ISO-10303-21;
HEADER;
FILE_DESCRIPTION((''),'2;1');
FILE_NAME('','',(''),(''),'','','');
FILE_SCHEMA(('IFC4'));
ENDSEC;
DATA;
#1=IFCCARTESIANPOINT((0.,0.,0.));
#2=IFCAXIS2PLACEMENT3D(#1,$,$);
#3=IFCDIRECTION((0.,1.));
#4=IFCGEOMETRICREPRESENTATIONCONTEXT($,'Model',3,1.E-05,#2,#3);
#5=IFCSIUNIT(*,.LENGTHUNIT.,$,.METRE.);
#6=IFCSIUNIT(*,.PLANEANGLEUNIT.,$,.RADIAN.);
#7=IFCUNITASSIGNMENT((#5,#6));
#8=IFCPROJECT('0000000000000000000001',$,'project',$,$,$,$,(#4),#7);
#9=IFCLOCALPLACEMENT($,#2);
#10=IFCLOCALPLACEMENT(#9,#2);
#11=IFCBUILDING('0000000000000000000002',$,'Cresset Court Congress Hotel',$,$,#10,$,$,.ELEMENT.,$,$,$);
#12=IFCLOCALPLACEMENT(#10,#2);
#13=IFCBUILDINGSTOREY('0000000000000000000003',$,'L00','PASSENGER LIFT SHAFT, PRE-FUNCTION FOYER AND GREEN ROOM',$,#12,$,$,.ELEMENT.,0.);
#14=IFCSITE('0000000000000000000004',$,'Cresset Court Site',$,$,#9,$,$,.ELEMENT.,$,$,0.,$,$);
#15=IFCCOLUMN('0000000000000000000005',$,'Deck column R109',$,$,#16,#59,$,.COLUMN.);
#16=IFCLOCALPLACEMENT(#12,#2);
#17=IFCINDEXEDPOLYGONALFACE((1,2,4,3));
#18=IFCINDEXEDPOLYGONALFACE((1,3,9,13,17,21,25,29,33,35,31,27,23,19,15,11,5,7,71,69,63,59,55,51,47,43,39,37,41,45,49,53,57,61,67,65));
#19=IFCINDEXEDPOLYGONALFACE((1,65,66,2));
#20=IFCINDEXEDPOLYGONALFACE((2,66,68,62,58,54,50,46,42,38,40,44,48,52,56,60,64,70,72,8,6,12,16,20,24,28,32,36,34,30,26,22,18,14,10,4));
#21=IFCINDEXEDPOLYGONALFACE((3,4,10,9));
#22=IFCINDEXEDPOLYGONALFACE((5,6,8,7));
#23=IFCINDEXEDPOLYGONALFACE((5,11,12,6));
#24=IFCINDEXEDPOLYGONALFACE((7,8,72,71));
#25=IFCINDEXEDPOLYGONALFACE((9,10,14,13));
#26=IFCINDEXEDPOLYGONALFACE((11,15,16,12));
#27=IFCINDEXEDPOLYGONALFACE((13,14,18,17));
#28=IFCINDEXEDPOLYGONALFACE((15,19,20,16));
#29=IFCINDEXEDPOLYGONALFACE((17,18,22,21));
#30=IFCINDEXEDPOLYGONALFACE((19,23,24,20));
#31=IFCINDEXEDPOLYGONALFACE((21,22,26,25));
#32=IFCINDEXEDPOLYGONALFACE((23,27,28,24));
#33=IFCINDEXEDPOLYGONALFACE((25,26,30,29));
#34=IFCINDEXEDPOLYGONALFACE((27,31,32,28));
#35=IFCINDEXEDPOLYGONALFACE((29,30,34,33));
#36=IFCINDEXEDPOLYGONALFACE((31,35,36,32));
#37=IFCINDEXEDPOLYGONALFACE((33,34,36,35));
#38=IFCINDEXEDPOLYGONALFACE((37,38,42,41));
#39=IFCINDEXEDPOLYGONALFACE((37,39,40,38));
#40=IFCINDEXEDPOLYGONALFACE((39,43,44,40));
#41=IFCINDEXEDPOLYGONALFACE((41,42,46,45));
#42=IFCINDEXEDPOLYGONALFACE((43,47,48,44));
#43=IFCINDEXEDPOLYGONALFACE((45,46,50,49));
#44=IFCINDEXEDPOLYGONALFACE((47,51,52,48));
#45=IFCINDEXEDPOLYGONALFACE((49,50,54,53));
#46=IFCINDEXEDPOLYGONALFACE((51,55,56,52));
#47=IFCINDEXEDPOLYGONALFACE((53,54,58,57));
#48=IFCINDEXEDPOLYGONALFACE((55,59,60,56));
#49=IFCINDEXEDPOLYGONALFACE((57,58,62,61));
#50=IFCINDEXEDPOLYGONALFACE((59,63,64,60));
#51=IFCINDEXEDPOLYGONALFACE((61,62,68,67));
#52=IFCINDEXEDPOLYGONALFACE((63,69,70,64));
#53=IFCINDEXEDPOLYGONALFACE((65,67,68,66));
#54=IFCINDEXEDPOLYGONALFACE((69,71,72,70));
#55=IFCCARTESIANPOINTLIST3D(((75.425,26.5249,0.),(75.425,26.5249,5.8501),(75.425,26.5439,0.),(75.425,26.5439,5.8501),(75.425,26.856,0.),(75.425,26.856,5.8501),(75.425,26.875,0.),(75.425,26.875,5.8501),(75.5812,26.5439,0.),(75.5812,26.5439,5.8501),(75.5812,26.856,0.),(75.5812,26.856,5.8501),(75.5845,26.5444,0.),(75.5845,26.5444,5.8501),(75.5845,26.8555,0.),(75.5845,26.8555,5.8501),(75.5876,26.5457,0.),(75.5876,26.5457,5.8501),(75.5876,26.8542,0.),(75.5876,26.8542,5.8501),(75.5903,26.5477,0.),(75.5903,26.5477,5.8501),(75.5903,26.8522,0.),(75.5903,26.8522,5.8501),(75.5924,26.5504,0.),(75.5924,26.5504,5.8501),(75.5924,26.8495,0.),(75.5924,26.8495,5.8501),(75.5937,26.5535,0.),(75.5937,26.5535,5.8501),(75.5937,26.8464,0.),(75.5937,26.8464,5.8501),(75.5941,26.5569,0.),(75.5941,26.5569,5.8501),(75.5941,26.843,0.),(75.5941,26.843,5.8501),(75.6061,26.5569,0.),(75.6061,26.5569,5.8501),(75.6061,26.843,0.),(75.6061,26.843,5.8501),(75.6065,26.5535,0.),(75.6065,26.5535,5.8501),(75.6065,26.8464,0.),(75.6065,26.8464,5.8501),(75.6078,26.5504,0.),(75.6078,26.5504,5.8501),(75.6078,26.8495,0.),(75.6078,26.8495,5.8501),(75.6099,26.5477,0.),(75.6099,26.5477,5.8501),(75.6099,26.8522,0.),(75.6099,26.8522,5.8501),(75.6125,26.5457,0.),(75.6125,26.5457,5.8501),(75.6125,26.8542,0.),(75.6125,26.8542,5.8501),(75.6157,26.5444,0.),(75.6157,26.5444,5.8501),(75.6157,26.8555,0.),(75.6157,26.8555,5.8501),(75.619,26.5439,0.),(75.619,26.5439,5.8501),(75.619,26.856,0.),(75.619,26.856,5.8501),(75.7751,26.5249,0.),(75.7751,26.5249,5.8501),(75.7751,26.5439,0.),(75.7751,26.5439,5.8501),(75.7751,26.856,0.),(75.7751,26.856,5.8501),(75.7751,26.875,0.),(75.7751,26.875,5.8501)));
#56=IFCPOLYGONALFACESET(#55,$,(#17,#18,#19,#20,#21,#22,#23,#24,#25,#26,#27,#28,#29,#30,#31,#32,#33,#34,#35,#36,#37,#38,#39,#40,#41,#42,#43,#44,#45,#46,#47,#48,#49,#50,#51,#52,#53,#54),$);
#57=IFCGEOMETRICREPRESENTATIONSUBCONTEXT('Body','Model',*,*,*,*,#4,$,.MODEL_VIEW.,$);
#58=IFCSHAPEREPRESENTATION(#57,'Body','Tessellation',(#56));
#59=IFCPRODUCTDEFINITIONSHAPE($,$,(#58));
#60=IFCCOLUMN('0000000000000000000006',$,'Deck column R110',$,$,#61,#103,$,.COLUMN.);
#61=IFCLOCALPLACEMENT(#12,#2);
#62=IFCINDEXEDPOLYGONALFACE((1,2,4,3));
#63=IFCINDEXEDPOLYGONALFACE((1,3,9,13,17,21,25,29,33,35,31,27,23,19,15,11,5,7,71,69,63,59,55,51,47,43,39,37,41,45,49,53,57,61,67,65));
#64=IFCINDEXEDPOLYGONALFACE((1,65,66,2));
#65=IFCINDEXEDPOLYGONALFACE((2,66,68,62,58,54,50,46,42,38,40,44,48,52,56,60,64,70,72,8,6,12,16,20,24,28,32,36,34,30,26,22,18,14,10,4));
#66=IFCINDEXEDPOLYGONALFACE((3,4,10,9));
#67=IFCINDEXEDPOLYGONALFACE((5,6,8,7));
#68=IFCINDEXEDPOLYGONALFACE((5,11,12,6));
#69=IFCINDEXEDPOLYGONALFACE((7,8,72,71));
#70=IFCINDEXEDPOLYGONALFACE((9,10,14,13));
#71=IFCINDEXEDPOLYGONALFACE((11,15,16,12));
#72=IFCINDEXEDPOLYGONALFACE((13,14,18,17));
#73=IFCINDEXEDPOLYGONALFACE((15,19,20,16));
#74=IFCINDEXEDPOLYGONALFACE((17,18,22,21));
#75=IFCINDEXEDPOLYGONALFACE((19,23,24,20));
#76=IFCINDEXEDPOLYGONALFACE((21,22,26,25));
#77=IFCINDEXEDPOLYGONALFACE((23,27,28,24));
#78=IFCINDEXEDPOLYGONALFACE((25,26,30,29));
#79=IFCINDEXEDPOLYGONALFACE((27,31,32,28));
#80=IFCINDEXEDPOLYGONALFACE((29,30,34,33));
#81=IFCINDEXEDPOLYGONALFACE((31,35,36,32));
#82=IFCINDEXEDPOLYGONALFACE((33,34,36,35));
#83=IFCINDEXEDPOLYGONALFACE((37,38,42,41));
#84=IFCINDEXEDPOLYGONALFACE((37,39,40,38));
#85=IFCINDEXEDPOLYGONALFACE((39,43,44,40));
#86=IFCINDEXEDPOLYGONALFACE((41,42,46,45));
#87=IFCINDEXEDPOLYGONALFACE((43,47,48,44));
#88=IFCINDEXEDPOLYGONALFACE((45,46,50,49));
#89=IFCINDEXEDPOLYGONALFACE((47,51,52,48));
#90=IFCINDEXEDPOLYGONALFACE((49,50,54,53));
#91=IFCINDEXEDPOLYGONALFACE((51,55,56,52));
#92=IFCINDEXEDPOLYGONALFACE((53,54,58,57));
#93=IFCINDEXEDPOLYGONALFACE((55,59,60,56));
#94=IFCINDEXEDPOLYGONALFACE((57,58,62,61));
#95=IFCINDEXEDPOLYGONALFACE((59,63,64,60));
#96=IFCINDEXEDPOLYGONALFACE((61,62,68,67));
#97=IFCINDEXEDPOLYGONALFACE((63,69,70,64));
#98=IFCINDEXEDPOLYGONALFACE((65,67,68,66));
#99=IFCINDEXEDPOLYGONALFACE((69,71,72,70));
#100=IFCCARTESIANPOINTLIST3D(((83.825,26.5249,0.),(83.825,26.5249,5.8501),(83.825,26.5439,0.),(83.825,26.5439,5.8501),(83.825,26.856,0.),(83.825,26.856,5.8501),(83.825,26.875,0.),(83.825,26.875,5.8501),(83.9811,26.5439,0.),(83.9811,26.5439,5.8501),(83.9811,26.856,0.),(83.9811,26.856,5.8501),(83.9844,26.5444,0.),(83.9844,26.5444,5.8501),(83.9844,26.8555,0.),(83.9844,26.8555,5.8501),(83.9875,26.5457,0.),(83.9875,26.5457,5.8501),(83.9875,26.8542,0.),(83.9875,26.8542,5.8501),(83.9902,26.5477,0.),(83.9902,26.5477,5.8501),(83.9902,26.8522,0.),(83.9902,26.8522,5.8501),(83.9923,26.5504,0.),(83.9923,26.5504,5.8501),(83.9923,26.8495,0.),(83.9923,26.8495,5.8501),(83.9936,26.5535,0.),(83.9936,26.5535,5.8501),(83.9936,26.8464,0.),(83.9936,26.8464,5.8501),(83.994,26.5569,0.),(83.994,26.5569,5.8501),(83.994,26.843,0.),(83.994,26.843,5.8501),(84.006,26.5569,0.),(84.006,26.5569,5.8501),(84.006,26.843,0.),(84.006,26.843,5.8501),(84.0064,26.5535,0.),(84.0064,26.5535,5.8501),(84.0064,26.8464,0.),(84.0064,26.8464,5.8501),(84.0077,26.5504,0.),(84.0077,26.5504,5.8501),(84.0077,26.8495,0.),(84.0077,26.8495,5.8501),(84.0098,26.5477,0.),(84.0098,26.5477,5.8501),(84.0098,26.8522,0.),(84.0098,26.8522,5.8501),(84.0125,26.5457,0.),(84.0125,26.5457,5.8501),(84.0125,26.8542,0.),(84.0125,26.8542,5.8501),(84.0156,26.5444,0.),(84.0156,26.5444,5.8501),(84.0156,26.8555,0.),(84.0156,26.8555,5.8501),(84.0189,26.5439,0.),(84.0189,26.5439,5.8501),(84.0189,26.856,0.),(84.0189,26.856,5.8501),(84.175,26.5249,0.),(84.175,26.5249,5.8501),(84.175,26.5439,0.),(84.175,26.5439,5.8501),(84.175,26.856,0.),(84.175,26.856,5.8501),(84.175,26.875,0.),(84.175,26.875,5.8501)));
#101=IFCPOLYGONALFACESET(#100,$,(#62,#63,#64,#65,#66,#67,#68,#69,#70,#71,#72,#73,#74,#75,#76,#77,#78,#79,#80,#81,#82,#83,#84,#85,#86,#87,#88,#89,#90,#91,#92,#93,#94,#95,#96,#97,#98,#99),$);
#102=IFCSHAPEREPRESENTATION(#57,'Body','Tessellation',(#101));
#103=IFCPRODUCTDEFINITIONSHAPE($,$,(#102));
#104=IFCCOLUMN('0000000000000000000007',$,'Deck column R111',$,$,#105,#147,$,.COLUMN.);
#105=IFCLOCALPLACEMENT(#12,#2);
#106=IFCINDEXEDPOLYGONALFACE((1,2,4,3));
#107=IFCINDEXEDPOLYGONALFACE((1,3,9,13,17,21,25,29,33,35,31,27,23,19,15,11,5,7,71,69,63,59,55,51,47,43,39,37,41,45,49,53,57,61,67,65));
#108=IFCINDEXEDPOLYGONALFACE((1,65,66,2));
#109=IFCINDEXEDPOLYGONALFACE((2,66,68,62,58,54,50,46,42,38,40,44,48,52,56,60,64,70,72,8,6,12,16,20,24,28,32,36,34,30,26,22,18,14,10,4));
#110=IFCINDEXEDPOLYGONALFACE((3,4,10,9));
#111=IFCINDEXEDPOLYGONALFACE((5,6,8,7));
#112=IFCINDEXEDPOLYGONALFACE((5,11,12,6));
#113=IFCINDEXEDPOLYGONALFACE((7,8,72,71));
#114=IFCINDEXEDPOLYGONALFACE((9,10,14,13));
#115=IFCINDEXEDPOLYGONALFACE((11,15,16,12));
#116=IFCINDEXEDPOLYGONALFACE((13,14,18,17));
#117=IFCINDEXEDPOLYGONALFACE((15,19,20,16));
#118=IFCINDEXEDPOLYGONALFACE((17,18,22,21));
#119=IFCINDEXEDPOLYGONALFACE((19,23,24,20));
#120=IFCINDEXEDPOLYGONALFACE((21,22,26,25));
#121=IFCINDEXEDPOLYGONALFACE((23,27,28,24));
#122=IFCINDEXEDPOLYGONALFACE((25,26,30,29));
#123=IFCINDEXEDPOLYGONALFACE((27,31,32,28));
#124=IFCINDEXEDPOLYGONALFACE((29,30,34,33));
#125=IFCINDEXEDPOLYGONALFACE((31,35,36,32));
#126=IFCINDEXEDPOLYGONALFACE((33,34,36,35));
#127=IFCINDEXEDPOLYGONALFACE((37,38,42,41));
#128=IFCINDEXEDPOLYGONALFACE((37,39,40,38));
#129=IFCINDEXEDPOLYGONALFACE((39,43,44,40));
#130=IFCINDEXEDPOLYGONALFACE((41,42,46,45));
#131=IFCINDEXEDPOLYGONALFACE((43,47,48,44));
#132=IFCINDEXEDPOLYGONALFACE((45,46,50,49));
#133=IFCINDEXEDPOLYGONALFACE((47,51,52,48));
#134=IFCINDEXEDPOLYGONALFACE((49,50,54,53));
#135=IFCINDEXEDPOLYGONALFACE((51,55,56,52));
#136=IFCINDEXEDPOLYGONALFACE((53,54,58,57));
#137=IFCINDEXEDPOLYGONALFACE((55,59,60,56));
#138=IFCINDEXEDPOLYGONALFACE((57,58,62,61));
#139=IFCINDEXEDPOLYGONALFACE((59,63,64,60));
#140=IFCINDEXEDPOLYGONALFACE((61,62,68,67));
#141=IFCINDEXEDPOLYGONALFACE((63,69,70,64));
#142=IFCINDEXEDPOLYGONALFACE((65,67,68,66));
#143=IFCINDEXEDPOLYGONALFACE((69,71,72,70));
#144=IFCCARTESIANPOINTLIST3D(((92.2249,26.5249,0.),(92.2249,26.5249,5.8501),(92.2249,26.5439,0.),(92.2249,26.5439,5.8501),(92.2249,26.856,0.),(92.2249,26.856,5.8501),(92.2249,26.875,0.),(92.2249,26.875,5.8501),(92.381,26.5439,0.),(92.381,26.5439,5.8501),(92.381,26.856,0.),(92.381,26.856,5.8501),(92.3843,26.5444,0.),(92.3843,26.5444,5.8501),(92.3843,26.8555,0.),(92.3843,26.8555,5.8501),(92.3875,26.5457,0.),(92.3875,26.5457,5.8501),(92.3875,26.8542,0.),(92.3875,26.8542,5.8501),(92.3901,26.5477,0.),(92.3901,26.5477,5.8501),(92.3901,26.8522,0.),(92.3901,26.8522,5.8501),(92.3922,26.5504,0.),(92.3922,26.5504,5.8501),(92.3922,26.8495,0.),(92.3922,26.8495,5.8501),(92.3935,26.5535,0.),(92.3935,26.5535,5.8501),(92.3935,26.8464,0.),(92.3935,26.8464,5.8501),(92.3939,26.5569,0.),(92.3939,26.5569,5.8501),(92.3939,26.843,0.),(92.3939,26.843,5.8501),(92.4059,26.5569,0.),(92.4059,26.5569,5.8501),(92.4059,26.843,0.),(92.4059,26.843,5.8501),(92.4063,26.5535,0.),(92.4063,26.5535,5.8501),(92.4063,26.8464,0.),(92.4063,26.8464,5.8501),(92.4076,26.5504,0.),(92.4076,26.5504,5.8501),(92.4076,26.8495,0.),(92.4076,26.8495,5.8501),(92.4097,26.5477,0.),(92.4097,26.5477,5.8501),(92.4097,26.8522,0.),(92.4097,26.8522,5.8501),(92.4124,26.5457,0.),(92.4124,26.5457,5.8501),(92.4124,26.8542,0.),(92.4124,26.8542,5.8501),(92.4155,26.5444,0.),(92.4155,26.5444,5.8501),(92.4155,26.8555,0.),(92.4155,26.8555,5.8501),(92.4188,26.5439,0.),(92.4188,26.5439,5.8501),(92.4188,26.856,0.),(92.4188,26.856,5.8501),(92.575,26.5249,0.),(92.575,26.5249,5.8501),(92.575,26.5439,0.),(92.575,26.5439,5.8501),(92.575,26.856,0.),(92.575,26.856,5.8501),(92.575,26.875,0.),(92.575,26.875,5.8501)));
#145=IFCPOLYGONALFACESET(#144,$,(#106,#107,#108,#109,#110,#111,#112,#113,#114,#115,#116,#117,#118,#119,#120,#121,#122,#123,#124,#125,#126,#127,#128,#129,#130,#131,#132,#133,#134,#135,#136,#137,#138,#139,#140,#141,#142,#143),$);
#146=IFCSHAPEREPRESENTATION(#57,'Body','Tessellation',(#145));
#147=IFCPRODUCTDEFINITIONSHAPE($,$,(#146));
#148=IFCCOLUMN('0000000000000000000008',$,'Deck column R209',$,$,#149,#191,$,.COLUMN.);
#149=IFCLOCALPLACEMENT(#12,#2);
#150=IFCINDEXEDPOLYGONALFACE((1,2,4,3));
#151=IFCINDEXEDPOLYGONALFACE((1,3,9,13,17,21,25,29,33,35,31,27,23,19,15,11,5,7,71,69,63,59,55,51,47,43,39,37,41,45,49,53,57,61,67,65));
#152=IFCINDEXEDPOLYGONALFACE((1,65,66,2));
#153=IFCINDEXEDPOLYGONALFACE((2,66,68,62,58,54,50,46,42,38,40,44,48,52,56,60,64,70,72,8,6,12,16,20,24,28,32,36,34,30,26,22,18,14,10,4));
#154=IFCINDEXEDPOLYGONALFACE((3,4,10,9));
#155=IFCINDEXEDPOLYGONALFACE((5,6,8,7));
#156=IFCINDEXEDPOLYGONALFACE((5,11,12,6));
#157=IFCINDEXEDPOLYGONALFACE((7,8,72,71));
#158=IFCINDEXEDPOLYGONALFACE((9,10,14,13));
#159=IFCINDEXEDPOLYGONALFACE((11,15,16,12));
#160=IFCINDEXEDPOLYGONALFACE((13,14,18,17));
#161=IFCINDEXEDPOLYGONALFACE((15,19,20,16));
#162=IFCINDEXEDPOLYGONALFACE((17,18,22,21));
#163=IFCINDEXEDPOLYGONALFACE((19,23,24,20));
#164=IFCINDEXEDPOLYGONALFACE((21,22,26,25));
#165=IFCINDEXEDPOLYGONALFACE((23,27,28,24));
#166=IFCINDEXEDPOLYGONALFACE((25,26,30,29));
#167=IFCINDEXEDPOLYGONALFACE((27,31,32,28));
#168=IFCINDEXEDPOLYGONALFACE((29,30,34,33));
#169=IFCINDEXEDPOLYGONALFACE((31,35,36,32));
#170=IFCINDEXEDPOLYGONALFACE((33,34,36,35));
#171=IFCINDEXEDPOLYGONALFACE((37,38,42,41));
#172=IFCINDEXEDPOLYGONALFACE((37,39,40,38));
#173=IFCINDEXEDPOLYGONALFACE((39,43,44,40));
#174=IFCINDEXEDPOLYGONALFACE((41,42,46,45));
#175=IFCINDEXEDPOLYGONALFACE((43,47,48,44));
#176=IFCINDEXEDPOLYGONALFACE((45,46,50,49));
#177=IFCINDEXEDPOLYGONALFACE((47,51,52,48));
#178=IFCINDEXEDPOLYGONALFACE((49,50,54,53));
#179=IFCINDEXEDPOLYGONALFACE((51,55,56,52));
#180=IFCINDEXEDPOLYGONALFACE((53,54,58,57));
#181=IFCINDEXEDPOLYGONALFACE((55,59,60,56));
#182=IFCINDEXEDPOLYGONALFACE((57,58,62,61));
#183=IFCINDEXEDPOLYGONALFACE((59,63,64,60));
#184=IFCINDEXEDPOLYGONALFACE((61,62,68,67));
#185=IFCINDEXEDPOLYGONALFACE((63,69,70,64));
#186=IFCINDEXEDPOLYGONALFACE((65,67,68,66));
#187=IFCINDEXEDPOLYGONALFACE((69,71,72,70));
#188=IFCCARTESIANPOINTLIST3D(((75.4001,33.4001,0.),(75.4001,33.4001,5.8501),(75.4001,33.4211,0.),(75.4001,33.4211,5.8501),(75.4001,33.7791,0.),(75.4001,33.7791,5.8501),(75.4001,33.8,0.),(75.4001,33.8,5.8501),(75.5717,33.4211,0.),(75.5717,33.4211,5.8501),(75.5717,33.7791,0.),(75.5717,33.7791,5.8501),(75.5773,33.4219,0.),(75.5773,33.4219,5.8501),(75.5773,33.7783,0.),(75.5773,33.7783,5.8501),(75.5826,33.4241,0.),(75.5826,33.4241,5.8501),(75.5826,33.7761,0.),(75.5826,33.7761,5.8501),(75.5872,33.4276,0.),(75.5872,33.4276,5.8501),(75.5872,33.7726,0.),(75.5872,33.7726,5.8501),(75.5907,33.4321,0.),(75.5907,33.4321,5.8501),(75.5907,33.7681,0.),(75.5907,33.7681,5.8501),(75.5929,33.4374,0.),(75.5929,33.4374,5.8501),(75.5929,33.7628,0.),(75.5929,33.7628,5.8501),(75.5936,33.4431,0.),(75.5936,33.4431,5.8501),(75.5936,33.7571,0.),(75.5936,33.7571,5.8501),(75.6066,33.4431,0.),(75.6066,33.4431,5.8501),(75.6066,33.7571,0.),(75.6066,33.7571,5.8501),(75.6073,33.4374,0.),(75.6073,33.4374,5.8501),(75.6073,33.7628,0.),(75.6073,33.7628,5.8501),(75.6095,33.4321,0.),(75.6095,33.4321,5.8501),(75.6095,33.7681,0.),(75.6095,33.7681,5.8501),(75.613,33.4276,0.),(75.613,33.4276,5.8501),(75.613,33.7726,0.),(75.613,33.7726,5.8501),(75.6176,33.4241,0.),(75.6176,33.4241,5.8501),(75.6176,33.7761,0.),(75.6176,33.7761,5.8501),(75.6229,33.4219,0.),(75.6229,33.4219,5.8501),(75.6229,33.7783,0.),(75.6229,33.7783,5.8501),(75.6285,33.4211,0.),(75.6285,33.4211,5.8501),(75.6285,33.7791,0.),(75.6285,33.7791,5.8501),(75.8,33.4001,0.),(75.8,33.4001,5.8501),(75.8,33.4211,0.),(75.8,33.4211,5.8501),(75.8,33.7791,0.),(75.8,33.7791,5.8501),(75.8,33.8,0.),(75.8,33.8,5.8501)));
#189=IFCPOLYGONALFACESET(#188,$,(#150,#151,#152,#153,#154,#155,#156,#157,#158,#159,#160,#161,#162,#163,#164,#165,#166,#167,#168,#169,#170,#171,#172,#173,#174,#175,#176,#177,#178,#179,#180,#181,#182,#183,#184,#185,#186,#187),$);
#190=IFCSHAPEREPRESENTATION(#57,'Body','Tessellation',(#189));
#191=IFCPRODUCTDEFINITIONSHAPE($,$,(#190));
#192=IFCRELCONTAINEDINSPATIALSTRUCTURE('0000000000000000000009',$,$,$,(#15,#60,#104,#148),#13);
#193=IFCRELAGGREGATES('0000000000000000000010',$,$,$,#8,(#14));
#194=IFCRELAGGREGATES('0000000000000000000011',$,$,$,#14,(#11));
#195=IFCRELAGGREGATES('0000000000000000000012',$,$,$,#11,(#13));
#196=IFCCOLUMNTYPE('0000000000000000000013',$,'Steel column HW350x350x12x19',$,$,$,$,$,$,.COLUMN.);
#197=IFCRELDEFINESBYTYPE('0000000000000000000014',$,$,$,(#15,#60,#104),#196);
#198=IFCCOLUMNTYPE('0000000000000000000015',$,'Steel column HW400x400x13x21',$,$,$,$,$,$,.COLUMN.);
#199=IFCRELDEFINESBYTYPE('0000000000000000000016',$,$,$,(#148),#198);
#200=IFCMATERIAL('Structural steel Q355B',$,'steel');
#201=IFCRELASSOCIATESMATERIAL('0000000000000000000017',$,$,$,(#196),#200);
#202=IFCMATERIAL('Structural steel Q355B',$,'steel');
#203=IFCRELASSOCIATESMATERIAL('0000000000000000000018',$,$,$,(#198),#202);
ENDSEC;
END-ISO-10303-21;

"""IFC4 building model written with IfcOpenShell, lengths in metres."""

from ifc_helpers import new_model, si_unit, direction, frame, origin, origin_2d, place, context, subcontext, project, spatial, i_section, extrude, material, material_profile, profile_set, type_object, element, save


model = new_model("IFC4")

# Units and contexts
model_context = context("Model", 3, precision=1e-05, world=origin(), true_north=direction((0.0, 1.0)))
body_context = subcontext(model_context, "Body", "Model", "MODEL_VIEW")
ifc_project = project(units=[si_unit("LENGTHUNIT", "METRE"), si_unit("PLANEANGLEUNIT", "RADIAN")], contexts=[model_context])

# Site, building, storey
site_placement = place(None, origin())
site = spatial("IfcSite", under=ifc_project, at=site_placement, Name="Cresset Court Site", CompositionType="ELEMENT", RefElevation=0.0)
building_placement = place(site_placement, origin())
building = spatial("IfcBuilding", under=site, at=building_placement, Name="Cresset Court Congress Hotel", CompositionType="ELEMENT")
storey_placement = place(building_placement, origin())
storey = spatial("IfcBuildingStorey", under=building, at=storey_placement, Name="L00", Description="PASSENGER LIFT SHAFT, PRE-FUNCTION FOYER AND GREEN ROOM", CompositionType="ELEMENT", Elevation=0.0)

# Columns
ifc_material_1 = material(Name="Structural steel Q355B", Category="steel")
ifc_material_profile_1 = material_profile(ifc_material_1, i_section(OverallWidth=0.3501, OverallDepth=0.3501, WebThickness=0.012, FlangeThickness=0.019, FilletRadius=0.0129, at=origin_2d()), Name="HW350x350x12x19")
ifc_profile_set_1 = profile_set([ifc_material_profile_1], Name="Structural steel Q355B")
column_type_1 = type_object("IfcColumnType", Name="Steel column HW350x350x12x19", PredefinedType="COLUMN", material=ifc_profile_set_1)
for number, where, z_axis, x_axis, name in (
    (1, (75.6001, 26.7, 0.0), (0.0, 0.0, 1.0), (1.0, 0.0, 0.0), "Deck column R109"),
    (2, (84.0, 26.7, 0.0), (0.0, 0.0, 1.0), (1.0, 0.0, 0.0), "Deck column R110"),
    (3, (92.3999, 26.7, 0.0), (0.0, 0.0, 1.0), (1.0, 0.0, 0.0), "Deck column R111"),
):
    element("IfcColumn", number, at=place(storey_placement, frame(where, z_axis=z_axis, x_axis=x_axis)), inside=storey, type_object=column_type_1, Name=name, PredefinedType="COLUMN", context=body_context, shape_type="SweptSolid", body=[
        extrude(i_section(OverallWidth=0.3501, OverallDepth=0.3501, WebThickness=0.012, FlangeThickness=0.019, FilletRadius=0.0129, at=origin_2d()), origin(), (0.0, 0.0, 1.0), 5.8501),
    ])
ifc_material_2 = material(Name="Structural steel Q355B", Category="steel")
ifc_material_profile_2 = material_profile(ifc_material_2, i_section(OverallWidth=0.3999, OverallDepth=0.3999, WebThickness=0.0129, FlangeThickness=0.021, FilletRadius=0.022, at=origin_2d()), Name="HW400x400x13x21")
ifc_profile_set_2 = profile_set([ifc_material_profile_2], Name="Structural steel Q355B")
column_type_2 = type_object("IfcColumnType", Name="Steel column HW400x400x13x21", PredefinedType="COLUMN", material=ifc_profile_set_2)
for number, where, z_axis, x_axis, name in (
    (4, (75.6001, 33.6001, 0.0), (0.0, 0.0, 1.0), (1.0, 0.0, 0.0), "Deck column R209"),
):
    element("IfcColumn", number, at=place(storey_placement, frame(where, z_axis=z_axis, x_axis=x_axis)), inside=storey, type_object=column_type_2, Name=name, PredefinedType="COLUMN", context=body_context, shape_type="SweptSolid", body=[
        extrude(i_section(OverallWidth=0.3999, OverallDepth=0.3999, WebThickness=0.0129, FlangeThickness=0.021, FilletRadius=0.022, at=origin_2d()), origin(), (0.0, 0.0, 1.0), 5.8501),
    ])

save(model, "model.ifc")
